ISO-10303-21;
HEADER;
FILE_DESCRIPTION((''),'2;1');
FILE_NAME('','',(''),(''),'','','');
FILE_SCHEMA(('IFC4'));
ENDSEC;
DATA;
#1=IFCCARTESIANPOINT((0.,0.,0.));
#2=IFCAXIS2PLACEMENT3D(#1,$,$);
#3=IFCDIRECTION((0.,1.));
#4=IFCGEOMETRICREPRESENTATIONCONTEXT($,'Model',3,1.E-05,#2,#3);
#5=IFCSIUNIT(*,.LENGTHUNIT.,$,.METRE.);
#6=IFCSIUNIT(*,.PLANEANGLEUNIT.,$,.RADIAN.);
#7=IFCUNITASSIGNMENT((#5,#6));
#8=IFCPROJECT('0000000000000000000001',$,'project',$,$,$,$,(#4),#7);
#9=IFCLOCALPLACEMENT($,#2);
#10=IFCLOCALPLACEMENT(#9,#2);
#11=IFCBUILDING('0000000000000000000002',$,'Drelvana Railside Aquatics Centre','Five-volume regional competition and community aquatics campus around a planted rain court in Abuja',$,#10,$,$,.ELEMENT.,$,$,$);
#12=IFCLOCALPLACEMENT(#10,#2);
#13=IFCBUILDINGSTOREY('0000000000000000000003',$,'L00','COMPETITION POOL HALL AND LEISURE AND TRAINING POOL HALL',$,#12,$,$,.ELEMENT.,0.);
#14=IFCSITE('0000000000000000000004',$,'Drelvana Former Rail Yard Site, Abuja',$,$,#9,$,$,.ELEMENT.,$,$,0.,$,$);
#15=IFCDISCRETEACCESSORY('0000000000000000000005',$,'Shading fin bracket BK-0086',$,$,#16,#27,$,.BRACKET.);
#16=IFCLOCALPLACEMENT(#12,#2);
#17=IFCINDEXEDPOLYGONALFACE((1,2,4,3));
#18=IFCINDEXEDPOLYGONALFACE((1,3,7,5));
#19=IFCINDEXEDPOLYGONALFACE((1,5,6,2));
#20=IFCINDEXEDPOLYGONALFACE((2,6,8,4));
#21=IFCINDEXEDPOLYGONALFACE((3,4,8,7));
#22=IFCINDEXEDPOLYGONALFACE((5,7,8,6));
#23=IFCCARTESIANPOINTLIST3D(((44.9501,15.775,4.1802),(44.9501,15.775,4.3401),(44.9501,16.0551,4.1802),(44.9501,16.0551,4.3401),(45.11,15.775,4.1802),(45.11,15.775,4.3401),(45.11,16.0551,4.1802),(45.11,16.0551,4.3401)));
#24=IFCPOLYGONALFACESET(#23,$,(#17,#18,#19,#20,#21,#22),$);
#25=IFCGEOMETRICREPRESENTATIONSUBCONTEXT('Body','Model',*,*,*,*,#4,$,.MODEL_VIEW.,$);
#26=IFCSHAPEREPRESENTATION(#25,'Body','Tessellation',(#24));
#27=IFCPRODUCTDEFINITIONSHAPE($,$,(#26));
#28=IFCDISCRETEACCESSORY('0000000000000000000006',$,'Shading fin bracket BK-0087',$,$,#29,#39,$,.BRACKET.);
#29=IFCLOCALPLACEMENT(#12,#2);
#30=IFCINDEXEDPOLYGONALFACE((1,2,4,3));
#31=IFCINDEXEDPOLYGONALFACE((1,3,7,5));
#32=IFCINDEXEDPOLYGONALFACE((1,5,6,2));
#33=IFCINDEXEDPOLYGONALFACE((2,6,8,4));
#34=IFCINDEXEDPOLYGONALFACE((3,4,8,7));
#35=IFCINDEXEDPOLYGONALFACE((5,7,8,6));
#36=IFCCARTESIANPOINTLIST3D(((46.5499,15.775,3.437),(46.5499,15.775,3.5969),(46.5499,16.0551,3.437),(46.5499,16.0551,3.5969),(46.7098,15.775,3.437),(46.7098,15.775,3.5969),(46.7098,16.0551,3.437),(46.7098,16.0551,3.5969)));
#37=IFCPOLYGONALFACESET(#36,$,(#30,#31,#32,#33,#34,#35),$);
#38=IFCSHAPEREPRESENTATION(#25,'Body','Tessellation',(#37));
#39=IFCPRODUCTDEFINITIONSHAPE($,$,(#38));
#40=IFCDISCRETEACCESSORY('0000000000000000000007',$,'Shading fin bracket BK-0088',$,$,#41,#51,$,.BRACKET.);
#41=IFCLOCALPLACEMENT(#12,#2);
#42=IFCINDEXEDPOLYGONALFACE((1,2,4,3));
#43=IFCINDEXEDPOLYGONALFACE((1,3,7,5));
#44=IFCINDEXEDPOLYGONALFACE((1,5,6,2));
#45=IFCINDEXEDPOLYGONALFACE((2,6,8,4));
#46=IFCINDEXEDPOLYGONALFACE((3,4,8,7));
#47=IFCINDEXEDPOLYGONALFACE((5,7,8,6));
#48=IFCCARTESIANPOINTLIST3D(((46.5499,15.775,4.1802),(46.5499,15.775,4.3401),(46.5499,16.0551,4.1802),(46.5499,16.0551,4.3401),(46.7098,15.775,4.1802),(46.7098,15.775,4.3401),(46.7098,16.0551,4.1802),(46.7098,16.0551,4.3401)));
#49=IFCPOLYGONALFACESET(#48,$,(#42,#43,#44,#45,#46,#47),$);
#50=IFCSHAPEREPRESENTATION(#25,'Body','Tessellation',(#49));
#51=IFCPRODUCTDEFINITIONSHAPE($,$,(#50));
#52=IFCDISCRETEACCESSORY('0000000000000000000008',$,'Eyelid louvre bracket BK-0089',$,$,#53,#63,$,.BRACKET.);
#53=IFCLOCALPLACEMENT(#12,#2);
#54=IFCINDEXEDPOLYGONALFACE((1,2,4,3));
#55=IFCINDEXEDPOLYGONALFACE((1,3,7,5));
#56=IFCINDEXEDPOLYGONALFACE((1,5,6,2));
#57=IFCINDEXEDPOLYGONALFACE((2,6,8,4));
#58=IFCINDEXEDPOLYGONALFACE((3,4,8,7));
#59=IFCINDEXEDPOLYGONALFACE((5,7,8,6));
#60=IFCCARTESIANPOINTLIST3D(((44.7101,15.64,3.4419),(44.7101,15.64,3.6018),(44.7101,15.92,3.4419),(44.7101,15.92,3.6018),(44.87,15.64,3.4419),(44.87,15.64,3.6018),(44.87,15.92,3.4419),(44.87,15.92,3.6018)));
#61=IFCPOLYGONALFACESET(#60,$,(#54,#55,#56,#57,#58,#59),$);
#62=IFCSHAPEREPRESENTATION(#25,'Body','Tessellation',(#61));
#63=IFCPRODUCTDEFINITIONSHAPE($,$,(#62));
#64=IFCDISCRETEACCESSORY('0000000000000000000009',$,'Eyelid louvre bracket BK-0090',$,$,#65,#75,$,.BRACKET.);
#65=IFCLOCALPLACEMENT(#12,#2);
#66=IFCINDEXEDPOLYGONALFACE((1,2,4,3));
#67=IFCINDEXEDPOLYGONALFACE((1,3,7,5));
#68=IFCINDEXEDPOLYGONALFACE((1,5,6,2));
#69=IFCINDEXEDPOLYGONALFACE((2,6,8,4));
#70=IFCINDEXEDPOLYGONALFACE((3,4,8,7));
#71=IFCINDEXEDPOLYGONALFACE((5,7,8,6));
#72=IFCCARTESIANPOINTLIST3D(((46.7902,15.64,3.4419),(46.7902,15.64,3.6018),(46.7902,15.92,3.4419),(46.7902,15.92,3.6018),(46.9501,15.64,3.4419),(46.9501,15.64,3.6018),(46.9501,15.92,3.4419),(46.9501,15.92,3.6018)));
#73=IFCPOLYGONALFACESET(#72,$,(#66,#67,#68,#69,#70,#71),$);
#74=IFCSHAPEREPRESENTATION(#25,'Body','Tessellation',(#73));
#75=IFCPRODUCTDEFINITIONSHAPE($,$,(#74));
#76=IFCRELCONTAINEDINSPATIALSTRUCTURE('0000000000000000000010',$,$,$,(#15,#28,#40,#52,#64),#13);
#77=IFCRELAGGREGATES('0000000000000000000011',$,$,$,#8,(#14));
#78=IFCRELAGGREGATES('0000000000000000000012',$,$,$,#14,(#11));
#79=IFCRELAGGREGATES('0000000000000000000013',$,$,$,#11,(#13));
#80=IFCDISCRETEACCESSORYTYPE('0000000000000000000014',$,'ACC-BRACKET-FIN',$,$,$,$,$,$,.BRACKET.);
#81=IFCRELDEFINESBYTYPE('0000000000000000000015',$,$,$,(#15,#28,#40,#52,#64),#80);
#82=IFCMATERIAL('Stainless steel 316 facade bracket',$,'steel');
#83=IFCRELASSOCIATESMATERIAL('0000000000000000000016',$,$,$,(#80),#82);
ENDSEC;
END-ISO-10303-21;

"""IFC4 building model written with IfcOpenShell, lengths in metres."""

from ifc_helpers import new_model, si_unit, direction, frame, origin, origin_2d, place, context, subcontext, project, spatial, rectangle, extrude, material, type_object, element, save


model = new_model("IFC4")

# Units and contexts
model_context = context("Model", 3, precision=1e-05, world=origin(), true_north=direction((0.0, 1.0)))
body_context = subcontext(model_context, "Body", "Model", "MODEL_VIEW")
ifc_project = project(units=[si_unit("LENGTHUNIT", "METRE"), si_unit("PLANEANGLEUNIT", "RADIAN")], contexts=[model_context])

# Site, building, storey
site_placement = place(None, origin())
site = spatial("IfcSite", under=ifc_project, at=site_placement, Name="Drelvana Former Rail Yard Site, Abuja", CompositionType="ELEMENT", RefElevation=0.0)
building_placement = place(site_placement, origin())
building = spatial("IfcBuilding", under=site, at=building_placement, Name="Drelvana Railside Aquatics Centre", Description="Five-volume regional competition and community aquatics campus around a planted rain court in Abuja", CompositionType="ELEMENT")
storey_placement = place(building_placement, origin())
storey = spatial("IfcBuildingStorey", under=building, at=storey_placement, Name="L00", Description="COMPETITION POOL HALL AND LEISURE AND TRAINING POOL HALL", CompositionType="ELEMENT", Elevation=0.0)

# Discrete accessories
ifc_material_1 = material(Name="Stainless steel 316 facade bracket", Category="steel")
discrete_accessory_type = type_object("IfcDiscreteAccessoryType", Name="ACC-BRACKET-FIN", PredefinedType="BRACKET", material=ifc_material_1)
for number, where, z_axis, x_axis, name in (
    (1, (45.03, 15.915, 4.1802), (0.0, 0.0, 1.0), (0.0, -1.0, 0.0), "Shading fin bracket BK-0086"),
    (2, (46.6299, 15.915, 3.437), (0.0, 0.0, 1.0), (0.0, -1.0, 0.0), "Shading fin bracket BK-0087"),
    (3, (46.6299, 15.915, 4.1802), (0.0, 0.0, 1.0), (0.0, -1.0, 0.0), "Shading fin bracket BK-0088"),
):
    element("IfcDiscreteAccessory", number, at=place(storey_placement, frame(where, z_axis=z_axis, x_axis=x_axis)), inside=storey, type_object=discrete_accessory_type, Name=name, PredefinedType="BRACKET", context=body_context, shape_type="SweptSolid", body=[
        extrude(rectangle(XDim=0.28, YDim=0.1599, at=origin_2d()), origin(), (0.0, 0.0, 1.0), 0.1599),
    ])
for number, where, z_axis, x_axis, name in (
    (4, (44.79, 15.78, 3.4419), (0.0, 0.0, 1.0), (1.0, 0.0, 0.0), "Eyelid louvre bracket BK-0089"),
    (5, (46.8701, 15.78, 3.4419), (0.0, 0.0, 1.0), (1.0, 0.0, 0.0), "Eyelid louvre bracket BK-0090"),
):
    element("IfcDiscreteAccessory", number, at=place(storey_placement, frame(where, z_axis=z_axis, x_axis=x_axis)), inside=storey, type_object=discrete_accessory_type, Name=name, PredefinedType="BRACKET", context=body_context, shape_type="SweptSolid", body=[
        extrude(rectangle(XDim=0.1599, YDim=0.28, at=origin_2d()), origin(), (0.0, 0.0, 1.0), 0.1599),
    ])

save(model, "model.ifc")
